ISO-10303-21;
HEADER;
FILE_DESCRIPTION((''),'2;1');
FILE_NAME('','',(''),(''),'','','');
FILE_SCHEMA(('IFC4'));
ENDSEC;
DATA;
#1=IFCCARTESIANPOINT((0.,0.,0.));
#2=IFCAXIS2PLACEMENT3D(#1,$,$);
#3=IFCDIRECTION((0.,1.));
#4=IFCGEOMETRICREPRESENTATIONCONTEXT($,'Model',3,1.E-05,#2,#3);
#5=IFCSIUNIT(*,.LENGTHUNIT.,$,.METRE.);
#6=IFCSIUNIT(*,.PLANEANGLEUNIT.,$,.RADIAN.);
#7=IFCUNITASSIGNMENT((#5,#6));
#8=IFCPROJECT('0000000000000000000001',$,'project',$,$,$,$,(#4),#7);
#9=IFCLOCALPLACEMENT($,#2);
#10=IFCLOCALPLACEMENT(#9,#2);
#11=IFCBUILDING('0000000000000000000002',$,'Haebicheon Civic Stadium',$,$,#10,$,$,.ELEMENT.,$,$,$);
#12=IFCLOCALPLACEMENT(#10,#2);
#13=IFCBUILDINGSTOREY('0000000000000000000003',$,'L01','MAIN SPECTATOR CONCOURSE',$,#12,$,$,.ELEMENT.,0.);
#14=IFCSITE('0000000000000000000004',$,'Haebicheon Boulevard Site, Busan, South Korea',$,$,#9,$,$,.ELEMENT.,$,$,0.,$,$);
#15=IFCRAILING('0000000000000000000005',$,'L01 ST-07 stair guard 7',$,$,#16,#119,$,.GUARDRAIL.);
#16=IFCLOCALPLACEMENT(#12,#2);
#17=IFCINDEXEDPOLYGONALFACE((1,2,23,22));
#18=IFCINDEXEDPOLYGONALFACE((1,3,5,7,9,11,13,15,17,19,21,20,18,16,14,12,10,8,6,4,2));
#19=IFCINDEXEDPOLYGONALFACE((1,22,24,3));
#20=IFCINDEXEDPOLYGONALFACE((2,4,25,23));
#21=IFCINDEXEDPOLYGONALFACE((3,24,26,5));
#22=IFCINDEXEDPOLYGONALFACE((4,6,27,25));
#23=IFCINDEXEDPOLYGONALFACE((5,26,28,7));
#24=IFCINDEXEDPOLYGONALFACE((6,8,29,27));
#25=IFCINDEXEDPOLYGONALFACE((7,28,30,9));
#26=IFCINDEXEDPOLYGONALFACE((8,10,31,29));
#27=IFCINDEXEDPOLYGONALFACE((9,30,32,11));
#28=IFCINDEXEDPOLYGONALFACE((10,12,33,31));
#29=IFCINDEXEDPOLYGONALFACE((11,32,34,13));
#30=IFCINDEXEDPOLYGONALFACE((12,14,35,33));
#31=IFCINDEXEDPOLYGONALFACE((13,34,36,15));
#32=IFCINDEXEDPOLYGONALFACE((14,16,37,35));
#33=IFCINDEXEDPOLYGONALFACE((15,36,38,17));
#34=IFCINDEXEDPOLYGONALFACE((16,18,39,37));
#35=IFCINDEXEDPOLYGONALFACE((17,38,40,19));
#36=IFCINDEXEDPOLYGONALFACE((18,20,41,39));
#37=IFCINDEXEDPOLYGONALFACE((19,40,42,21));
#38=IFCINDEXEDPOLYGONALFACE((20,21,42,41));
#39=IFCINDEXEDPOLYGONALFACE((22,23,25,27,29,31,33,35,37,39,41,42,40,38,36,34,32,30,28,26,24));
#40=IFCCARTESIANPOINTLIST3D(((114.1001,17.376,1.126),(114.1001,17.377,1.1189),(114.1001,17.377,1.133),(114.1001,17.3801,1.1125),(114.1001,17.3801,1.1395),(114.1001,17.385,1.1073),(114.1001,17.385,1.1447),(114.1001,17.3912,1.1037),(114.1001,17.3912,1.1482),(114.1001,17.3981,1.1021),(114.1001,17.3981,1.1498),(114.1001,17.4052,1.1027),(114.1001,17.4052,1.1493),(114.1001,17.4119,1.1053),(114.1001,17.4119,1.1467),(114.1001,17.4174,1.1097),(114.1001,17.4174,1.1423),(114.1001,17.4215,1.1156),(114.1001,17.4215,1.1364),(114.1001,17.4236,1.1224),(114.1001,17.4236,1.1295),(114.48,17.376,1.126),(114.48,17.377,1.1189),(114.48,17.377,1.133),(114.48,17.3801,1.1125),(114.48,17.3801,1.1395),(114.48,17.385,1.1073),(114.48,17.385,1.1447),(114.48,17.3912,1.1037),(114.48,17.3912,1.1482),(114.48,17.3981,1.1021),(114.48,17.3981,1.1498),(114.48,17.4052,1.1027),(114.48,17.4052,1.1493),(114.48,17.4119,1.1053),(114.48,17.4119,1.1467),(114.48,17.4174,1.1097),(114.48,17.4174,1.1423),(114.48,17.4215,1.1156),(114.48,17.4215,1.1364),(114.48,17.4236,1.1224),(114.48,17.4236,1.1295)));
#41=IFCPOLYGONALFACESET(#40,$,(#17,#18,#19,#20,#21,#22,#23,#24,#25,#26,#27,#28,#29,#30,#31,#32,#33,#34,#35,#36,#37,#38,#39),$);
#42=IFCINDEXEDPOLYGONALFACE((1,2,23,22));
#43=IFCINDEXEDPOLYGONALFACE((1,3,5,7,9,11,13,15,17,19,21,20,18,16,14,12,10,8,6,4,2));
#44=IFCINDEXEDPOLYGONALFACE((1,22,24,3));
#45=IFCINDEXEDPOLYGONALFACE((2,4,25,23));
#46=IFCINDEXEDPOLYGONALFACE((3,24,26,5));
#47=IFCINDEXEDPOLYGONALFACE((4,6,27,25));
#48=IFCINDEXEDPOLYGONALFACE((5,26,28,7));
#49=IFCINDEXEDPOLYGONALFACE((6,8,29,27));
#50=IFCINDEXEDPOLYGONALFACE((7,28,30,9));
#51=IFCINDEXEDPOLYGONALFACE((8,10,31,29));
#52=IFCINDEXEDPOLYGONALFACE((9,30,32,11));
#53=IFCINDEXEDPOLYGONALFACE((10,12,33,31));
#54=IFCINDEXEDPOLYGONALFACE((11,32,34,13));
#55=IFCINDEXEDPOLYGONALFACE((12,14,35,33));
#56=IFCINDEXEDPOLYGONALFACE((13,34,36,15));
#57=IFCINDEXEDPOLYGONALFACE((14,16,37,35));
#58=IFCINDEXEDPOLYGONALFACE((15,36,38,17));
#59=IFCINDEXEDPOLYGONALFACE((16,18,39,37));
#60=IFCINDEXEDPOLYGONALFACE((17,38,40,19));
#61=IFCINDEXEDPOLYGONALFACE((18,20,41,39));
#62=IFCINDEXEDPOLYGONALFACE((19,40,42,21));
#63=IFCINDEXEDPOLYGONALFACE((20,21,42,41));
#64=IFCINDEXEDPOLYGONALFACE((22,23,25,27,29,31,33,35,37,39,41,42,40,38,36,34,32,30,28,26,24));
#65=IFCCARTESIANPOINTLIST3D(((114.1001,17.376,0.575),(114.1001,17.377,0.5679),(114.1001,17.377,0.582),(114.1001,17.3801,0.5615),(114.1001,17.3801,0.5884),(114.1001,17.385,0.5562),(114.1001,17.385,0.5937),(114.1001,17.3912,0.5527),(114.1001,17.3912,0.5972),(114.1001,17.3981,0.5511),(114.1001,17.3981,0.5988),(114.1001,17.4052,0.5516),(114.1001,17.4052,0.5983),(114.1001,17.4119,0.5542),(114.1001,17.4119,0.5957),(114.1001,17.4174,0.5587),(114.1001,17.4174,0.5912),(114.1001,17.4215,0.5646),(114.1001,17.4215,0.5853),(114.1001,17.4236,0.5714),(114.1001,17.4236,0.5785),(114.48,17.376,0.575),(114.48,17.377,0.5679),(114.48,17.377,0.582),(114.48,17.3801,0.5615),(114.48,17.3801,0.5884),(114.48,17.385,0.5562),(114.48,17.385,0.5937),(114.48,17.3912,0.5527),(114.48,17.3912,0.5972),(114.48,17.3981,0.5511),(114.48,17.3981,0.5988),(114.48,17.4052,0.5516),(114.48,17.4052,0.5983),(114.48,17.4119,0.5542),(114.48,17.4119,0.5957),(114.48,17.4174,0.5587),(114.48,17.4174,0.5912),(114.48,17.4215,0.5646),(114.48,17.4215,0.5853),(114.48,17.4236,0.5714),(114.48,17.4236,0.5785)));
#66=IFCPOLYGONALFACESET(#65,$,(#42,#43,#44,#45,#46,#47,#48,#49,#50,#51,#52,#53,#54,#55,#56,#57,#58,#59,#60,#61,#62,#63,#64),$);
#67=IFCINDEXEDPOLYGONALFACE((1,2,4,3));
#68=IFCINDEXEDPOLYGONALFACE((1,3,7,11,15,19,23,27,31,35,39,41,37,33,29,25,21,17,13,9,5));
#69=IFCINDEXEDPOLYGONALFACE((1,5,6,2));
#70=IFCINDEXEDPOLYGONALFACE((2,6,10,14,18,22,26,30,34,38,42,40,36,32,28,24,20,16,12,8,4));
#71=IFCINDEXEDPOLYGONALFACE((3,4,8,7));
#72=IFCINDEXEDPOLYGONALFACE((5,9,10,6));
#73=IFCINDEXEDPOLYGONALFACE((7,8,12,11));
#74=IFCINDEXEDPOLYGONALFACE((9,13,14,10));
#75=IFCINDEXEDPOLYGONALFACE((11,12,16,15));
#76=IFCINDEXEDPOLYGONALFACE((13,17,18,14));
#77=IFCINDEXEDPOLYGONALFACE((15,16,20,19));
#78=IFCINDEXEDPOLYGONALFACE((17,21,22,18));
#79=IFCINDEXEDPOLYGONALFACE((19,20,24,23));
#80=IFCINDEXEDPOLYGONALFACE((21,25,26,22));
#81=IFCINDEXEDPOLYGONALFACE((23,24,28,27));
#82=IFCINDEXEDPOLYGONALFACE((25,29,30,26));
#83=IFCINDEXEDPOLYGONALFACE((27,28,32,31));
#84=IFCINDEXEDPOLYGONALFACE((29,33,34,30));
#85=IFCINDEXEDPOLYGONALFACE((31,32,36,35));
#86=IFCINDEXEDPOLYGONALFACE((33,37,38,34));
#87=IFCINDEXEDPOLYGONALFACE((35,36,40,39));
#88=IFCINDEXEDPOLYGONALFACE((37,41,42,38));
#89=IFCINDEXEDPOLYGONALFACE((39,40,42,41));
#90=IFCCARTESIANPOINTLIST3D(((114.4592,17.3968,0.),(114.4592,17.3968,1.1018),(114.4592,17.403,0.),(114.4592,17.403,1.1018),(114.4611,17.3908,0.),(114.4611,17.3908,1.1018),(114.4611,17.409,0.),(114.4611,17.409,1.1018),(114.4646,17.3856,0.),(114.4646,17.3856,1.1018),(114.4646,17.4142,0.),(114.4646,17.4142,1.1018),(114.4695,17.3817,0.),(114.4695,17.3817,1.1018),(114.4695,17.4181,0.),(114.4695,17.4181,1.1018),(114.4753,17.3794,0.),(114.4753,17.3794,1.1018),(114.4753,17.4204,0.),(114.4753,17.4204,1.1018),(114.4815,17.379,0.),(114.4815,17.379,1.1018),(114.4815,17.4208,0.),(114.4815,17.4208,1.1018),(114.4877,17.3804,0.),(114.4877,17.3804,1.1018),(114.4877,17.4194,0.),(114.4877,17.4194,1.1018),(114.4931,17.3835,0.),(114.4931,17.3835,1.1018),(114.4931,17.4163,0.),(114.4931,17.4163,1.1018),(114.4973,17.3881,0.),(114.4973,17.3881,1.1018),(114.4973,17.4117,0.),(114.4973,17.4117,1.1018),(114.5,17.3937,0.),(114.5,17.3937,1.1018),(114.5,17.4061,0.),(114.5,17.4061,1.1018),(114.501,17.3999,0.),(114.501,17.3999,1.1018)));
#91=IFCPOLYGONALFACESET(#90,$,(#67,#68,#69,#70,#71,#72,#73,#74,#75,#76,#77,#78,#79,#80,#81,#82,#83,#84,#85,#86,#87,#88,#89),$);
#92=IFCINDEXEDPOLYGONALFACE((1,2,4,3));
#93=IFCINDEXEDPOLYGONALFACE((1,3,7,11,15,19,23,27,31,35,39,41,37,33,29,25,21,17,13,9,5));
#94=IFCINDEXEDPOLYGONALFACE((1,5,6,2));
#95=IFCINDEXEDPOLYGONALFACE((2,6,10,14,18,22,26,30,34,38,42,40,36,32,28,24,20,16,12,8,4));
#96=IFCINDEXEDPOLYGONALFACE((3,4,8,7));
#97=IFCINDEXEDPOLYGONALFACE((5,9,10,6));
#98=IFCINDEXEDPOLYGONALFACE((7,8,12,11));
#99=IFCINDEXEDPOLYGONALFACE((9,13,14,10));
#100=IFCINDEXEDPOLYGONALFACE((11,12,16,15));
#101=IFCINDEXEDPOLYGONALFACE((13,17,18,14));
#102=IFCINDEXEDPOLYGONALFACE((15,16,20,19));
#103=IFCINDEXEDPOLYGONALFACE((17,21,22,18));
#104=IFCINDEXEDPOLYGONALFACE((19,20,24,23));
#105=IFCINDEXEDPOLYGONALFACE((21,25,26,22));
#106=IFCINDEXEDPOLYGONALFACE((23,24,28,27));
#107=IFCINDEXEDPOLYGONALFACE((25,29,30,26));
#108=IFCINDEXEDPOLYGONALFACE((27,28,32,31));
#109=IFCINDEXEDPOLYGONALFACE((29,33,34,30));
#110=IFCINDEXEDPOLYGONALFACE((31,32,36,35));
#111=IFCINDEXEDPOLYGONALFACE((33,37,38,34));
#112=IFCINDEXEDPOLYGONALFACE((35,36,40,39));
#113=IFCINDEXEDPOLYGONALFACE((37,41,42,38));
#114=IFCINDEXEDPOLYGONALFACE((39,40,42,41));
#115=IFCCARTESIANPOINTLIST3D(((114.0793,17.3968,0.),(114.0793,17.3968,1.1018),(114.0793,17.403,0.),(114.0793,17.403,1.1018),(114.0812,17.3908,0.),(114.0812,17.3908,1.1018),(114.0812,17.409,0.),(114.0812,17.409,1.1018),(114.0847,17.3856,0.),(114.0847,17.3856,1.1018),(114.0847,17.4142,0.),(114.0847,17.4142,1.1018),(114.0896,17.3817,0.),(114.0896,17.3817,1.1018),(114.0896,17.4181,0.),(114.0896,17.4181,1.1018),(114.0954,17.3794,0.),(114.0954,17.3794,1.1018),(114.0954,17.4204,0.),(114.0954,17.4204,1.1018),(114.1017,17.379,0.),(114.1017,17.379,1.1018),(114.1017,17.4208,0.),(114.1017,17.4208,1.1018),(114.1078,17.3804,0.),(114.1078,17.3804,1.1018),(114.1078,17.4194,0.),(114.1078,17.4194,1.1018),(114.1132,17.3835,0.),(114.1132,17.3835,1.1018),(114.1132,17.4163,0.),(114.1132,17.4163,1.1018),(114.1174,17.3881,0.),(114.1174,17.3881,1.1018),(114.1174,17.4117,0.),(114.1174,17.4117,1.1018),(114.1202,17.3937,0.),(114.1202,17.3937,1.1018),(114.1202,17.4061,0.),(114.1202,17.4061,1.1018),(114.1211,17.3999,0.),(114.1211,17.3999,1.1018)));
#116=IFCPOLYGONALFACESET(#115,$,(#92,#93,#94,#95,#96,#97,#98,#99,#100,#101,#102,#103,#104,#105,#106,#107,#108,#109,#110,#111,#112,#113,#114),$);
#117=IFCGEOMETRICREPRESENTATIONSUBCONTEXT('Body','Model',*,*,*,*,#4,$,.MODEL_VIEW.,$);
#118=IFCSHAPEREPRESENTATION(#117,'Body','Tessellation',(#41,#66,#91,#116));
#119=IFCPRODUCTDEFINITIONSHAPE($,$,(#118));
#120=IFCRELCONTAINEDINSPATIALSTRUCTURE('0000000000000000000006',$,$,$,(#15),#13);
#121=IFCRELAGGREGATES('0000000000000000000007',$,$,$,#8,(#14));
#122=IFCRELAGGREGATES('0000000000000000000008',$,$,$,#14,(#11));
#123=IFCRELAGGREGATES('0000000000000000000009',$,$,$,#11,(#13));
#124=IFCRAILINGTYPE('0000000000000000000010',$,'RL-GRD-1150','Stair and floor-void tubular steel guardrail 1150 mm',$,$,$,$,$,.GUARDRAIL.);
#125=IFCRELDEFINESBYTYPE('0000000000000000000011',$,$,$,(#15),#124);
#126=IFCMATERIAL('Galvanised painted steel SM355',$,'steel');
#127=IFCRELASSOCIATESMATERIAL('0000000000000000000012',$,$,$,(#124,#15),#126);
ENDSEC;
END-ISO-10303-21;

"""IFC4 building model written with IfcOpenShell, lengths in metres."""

from ifc_helpers import new_model, si_unit, direction, frame, origin, origin_2d, place, context, subcontext, project, spatial, circle, extrude, material, type_object, element, save


model = new_model("IFC4")

# Units and contexts
model_context = context("Model", 3, precision=1e-05, world=origin(), true_north=direction((0.0, 1.0)))
body_context = subcontext(model_context, "Body", "Model", "MODEL_VIEW")
ifc_project = project(units=[si_unit("LENGTHUNIT", "METRE"), si_unit("PLANEANGLEUNIT", "RADIAN")], contexts=[model_context])

# Site, building, storey
site_placement = place(None, origin())
site = spatial("IfcSite", under=ifc_project, at=site_placement, Name="Haebicheon Boulevard Site, Busan, South Korea", CompositionType="ELEMENT", RefElevation=0.0)
building_placement = place(site_placement, origin())
building = spatial("IfcBuilding", under=site, at=building_placement, Name="Haebicheon Civic Stadium", CompositionType="ELEMENT")
storey_placement = place(building_placement, origin())
storey = spatial("IfcBuildingStorey", under=building, at=storey_placement, Name="L01", Description="MAIN SPECTATOR CONCOURSE", CompositionType="ELEMENT", Elevation=0.0)

# Railing
ifc_material_1 = material(Name="Galvanised painted steel SM355", Category="steel")
railing_type_1 = type_object("IfcRailingType", Name="RL-GRD-1150", Description="Stair and floor-void tubular steel guardrail 1150 mm", PredefinedType="GUARDRAIL", material=ifc_material_1)
railing_1_placement = place(storey_placement, frame((114.48, 17.3999, 0.0)))
element("IfcRailing", 1, at=railing_1_placement, inside=storey, type_object=railing_type_1, material=ifc_material_1, Name="L01 ST-07 stair guard 7", PredefinedType="GUARDRAIL", context=body_context, shape_type="SweptSolid", body=[
    extrude(circle(Radius=0.0239, at=origin_2d()), frame((0.0, 0.0, 1.126), z_axis=(-1.0, 0.0, 0.0), x_axis=(0.0, -1.0, 0.0)), (0.0, 0.0, 1.0), 0.3799),
    extrude(circle(Radius=0.0239, at=origin_2d()), frame((0.0, 0.0, 0.575), z_axis=(-1.0, 0.0, 0.0), x_axis=(0.0, -1.0, 0.0)), (0.0, 0.0, 1.0), 0.3799),
    extrude(circle(Radius=0.021, at=origin_2d()), origin(), (0.0, 0.0, 1.0), 1.1018),
    extrude(circle(Radius=0.021, at=origin_2d()), frame((-0.3799, 0.0, 0.0)), (0.0, 0.0, 1.0), 1.1018),
])

save(model, "model.ifc")
